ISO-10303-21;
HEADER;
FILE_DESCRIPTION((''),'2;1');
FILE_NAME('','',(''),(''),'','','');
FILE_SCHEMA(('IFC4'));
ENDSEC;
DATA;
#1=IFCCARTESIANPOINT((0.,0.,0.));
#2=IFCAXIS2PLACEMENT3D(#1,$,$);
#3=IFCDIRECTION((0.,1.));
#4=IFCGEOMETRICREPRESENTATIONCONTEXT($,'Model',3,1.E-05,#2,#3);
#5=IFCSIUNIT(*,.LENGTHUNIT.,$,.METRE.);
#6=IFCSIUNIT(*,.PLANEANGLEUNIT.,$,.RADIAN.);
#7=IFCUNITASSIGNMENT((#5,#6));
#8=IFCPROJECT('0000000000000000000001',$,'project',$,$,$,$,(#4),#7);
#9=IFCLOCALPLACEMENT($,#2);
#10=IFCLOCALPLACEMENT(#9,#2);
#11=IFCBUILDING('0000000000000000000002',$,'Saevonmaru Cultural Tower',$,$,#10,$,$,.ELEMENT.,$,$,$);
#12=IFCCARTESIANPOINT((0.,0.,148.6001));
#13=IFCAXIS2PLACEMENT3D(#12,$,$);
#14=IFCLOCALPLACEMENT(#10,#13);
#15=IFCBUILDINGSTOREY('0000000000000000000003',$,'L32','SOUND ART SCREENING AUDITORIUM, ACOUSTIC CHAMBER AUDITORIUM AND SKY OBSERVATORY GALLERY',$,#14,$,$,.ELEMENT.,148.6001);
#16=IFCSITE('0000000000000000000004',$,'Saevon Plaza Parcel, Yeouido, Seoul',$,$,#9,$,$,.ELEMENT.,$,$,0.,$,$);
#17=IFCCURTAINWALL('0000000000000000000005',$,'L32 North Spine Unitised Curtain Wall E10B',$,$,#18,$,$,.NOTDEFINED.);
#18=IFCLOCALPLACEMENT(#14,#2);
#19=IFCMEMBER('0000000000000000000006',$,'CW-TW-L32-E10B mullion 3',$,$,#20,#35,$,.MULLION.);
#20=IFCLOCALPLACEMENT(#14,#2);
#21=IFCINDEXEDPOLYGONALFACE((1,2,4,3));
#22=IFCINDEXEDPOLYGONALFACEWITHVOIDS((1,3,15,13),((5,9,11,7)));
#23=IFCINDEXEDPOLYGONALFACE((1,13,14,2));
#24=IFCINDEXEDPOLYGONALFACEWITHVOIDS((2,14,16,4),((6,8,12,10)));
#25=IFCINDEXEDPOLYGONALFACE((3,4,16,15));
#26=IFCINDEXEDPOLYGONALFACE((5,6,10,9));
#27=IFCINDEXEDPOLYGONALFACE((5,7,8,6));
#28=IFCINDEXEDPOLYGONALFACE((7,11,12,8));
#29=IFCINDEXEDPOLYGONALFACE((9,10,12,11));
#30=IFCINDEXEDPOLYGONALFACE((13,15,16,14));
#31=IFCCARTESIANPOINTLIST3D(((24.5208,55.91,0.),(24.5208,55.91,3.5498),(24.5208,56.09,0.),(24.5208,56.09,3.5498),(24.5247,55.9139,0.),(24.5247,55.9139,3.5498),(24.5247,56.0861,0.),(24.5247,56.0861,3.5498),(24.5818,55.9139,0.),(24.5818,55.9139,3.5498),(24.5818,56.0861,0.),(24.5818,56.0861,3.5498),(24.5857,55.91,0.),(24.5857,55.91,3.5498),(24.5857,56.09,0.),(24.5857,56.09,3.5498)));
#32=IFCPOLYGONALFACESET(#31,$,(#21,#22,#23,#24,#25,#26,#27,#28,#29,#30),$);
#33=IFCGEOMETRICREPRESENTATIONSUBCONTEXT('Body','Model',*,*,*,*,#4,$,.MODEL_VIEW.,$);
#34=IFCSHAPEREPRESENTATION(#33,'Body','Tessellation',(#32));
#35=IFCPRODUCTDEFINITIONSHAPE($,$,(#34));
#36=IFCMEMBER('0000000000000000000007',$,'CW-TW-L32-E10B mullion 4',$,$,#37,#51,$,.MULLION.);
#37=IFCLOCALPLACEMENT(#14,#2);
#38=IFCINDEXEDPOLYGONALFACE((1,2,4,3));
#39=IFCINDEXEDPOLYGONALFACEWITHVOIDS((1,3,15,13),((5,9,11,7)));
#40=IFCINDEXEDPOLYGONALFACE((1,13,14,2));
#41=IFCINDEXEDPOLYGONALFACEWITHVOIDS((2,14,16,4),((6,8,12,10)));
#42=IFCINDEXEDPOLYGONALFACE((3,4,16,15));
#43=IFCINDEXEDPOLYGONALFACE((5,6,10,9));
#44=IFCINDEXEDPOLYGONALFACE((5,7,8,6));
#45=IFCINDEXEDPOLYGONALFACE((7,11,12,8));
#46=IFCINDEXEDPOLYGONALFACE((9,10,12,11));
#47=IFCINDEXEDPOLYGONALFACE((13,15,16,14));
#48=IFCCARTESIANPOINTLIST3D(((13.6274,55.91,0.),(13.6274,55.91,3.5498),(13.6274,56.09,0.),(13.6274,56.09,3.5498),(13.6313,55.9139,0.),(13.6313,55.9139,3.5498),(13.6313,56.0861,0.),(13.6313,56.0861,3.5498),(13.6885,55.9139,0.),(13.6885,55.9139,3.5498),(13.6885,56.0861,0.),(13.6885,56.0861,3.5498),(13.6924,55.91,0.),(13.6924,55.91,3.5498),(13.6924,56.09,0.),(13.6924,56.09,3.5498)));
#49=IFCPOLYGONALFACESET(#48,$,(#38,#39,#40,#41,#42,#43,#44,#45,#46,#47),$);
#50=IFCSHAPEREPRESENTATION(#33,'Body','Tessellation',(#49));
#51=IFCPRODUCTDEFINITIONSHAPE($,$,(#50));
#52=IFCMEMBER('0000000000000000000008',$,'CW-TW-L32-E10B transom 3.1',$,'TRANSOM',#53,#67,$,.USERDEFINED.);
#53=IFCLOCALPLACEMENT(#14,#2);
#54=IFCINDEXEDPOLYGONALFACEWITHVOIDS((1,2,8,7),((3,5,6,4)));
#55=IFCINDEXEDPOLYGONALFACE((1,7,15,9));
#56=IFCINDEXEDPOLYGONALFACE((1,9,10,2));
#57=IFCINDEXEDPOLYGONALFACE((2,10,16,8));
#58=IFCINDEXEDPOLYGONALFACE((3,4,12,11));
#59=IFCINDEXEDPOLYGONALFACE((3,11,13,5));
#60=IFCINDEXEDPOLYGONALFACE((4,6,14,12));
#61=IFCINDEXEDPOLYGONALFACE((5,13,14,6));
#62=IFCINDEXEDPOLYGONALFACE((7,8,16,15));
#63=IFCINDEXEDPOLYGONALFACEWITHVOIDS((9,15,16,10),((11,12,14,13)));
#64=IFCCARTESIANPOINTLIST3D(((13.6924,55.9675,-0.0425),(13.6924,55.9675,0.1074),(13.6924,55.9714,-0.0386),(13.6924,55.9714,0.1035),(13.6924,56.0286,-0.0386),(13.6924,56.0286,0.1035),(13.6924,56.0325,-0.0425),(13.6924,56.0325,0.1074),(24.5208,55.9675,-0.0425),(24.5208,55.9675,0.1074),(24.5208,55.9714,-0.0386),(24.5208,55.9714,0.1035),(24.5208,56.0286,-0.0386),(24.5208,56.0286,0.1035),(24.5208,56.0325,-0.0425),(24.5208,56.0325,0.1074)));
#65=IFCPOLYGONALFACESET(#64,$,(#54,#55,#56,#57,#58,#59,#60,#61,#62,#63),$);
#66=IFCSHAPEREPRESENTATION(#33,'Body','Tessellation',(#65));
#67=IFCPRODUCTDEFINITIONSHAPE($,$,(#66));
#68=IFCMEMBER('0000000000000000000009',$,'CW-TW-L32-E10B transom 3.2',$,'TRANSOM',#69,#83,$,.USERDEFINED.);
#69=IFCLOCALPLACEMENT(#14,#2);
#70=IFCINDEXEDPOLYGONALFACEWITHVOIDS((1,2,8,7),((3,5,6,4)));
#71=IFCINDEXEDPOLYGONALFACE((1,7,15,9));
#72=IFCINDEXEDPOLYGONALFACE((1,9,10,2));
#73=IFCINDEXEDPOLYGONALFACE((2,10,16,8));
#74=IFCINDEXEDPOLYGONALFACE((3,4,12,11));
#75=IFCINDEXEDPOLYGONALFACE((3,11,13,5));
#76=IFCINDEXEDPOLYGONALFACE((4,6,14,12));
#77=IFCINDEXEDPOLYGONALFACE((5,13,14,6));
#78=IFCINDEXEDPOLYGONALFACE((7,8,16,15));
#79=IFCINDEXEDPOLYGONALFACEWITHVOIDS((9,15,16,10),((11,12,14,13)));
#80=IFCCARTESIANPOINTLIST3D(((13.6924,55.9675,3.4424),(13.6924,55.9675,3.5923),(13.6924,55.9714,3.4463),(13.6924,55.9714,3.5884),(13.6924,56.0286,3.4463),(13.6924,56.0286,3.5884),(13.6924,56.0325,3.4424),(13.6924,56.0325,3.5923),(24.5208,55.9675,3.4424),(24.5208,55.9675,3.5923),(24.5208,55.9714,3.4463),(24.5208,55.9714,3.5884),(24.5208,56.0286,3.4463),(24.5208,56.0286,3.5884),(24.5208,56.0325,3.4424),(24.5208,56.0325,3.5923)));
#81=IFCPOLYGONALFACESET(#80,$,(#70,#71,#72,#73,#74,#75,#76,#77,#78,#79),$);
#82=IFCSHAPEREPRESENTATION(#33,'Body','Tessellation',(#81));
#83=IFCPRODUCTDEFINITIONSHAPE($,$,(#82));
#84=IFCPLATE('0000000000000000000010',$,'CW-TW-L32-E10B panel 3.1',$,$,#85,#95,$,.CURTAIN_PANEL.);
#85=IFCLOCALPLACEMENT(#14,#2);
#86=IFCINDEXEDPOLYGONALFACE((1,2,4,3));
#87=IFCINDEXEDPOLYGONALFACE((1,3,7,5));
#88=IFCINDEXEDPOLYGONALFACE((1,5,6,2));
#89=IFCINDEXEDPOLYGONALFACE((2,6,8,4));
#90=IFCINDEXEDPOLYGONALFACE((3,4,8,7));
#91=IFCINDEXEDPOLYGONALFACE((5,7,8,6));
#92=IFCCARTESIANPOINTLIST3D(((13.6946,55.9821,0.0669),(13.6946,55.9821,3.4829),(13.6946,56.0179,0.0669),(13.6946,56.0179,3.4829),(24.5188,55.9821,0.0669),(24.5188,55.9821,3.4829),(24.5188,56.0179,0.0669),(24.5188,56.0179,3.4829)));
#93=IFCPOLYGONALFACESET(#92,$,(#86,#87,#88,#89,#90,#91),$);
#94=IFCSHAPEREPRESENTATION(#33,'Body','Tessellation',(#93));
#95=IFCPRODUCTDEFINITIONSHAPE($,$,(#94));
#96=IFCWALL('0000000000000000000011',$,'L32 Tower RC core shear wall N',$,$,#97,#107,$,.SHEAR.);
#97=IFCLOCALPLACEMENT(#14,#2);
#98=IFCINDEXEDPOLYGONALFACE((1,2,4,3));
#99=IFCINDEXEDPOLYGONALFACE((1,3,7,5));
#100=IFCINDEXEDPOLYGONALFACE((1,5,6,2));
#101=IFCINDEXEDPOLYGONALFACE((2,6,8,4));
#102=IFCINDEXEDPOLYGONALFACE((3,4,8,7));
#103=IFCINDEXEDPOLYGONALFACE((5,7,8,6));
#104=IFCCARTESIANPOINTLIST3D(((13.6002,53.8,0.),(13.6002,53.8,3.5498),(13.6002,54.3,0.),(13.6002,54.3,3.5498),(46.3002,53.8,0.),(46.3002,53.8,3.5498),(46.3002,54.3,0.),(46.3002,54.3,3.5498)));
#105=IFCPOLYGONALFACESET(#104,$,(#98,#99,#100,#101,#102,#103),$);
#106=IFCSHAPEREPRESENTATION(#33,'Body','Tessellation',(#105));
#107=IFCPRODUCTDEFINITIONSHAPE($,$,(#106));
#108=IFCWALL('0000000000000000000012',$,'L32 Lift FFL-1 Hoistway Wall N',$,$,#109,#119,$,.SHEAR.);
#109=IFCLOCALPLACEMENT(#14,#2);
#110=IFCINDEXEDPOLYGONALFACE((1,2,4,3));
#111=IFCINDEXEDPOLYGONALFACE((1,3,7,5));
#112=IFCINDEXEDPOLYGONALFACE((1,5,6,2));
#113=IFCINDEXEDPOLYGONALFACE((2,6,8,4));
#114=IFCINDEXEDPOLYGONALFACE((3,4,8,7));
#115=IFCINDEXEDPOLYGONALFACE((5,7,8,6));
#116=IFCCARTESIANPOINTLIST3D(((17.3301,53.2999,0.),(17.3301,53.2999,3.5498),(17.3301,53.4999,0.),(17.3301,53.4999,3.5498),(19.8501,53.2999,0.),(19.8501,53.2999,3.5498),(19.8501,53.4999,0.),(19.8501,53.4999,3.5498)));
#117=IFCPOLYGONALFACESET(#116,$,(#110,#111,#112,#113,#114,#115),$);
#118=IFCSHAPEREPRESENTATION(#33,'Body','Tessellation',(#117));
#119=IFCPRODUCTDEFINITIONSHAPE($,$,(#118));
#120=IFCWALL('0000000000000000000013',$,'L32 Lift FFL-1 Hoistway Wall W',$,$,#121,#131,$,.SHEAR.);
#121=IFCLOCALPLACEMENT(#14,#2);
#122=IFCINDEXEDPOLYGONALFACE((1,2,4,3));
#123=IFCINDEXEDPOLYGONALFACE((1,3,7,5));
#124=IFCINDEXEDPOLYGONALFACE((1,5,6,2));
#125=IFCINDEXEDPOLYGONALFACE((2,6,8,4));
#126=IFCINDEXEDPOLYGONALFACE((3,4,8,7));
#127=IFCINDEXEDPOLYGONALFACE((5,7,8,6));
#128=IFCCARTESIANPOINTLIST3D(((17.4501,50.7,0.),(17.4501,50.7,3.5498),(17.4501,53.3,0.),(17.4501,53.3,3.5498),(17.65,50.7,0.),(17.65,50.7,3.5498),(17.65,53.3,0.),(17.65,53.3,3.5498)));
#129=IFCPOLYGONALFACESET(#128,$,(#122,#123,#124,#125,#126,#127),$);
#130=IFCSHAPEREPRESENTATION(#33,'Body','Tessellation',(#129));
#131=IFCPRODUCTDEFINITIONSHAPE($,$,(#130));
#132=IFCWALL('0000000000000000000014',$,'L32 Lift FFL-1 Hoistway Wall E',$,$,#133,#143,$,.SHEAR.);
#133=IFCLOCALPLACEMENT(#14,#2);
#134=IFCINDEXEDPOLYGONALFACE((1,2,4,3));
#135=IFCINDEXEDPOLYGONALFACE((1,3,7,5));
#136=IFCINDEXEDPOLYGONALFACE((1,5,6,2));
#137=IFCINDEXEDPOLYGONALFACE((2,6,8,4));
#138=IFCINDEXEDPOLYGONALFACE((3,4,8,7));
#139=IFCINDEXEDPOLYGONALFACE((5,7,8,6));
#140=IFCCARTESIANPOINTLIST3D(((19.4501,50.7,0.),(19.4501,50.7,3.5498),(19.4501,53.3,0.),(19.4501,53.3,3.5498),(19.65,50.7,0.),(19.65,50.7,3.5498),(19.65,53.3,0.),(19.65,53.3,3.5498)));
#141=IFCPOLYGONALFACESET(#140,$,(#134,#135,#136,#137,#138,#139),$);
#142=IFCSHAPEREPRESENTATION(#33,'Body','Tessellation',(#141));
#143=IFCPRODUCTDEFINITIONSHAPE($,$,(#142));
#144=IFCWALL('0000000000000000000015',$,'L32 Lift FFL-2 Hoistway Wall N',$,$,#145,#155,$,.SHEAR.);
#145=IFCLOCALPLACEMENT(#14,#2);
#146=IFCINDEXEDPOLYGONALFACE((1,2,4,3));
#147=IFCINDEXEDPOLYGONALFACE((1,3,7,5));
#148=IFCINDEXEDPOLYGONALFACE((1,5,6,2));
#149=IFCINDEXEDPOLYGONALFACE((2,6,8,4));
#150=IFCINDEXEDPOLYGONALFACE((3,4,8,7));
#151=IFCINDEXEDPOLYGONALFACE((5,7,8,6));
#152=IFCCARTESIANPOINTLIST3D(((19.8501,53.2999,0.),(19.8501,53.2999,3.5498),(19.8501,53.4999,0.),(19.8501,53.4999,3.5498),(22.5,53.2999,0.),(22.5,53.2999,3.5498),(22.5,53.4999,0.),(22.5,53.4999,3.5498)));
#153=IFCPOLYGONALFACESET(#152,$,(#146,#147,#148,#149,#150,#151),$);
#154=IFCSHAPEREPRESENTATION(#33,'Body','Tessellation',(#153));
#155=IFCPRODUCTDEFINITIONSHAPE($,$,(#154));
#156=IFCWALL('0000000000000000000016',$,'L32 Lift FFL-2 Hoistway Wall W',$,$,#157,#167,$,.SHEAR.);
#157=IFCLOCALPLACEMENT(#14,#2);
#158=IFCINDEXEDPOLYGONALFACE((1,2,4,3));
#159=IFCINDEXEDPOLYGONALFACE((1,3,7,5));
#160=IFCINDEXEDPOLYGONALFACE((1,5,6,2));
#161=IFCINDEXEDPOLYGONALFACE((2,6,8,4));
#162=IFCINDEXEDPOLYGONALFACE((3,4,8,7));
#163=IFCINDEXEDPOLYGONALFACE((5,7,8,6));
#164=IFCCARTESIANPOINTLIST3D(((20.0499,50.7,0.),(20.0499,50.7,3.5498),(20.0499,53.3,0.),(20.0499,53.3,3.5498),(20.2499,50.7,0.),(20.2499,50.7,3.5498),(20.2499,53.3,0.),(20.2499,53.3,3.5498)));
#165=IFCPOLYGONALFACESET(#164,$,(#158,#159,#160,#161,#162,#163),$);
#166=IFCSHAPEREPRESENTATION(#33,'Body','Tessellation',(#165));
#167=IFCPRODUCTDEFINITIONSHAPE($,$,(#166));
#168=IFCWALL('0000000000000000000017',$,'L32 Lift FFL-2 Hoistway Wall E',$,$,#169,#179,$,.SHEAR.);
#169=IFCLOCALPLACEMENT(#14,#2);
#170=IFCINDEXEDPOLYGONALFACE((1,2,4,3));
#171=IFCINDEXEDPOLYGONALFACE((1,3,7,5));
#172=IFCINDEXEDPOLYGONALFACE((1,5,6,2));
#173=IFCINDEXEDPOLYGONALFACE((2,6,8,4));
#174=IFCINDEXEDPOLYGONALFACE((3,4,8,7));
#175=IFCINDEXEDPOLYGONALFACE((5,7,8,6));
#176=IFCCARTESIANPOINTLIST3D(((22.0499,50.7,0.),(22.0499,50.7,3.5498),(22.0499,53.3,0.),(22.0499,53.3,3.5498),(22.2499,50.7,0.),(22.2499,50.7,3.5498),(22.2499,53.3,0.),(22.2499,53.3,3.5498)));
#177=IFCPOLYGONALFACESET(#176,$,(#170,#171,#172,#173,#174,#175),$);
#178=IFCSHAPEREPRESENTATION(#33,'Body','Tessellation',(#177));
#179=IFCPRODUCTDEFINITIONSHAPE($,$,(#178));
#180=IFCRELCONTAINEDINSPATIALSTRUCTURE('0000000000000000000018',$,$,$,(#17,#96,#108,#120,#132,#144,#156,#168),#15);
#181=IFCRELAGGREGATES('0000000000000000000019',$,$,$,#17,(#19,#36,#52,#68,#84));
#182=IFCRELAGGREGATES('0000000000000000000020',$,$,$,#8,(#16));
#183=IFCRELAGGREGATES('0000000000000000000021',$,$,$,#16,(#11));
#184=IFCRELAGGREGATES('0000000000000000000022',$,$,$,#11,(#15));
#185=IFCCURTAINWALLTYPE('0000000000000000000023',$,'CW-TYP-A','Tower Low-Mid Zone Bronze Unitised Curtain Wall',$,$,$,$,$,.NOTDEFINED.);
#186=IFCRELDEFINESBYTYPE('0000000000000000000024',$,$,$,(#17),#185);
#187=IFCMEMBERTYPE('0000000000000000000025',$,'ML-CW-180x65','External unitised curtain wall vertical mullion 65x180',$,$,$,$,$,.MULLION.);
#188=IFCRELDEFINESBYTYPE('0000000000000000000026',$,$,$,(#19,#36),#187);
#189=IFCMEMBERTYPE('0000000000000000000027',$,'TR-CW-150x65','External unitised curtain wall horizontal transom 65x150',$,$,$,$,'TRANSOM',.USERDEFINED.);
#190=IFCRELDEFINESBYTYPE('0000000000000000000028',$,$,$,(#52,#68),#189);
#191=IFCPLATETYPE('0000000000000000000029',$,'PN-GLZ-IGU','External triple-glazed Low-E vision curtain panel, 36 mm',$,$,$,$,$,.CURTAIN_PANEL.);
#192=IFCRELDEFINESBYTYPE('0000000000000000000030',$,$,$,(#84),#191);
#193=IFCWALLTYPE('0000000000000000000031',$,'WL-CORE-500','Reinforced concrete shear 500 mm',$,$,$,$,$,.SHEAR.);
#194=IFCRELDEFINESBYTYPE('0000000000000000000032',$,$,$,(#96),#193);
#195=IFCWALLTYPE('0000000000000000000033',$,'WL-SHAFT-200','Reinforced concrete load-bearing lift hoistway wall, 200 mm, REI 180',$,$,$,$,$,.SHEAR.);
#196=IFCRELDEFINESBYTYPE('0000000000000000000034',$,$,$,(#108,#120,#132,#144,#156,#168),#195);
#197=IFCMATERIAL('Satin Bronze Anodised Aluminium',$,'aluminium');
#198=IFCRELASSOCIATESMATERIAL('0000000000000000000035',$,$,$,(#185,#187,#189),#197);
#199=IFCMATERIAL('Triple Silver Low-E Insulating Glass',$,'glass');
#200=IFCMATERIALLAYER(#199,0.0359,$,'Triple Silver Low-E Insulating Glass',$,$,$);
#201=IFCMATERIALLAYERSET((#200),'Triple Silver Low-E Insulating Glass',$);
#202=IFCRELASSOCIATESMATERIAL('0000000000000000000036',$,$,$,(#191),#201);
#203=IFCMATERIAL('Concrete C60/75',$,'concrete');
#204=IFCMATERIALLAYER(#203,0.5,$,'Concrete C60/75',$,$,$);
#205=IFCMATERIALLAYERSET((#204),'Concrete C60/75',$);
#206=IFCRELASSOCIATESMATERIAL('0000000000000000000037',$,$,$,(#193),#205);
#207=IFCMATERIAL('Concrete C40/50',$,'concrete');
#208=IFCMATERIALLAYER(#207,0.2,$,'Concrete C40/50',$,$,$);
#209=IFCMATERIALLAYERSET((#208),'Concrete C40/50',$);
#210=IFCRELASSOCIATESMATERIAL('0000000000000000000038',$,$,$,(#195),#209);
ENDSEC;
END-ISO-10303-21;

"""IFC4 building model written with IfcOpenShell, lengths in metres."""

from ifc_helpers import new_model, si_unit, direction, frame, frame_2d, origin, origin_2d, place, context, subcontext, project, spatial, rectangle, hollow_rectangle, extrude, material, layer, layer_set, material_profile, profile_set, type_object, element, aggregate, save


model = new_model("IFC4")

# Units and contexts
model_context = context("Model", 3, precision=1e-05, world=origin(), true_north=direction((0.0, 1.0)))
body_context = subcontext(model_context, "Body", "Model", "MODEL_VIEW")
ifc_project = project(units=[si_unit("LENGTHUNIT", "METRE"), si_unit("PLANEANGLEUNIT", "RADIAN")], contexts=[model_context])

# Site, building, storey
site_placement = place(None, origin())
site = spatial("IfcSite", under=ifc_project, at=site_placement, Name="Saevon Plaza Parcel, Yeouido, Seoul", CompositionType="ELEMENT", RefElevation=0.0)
building_placement = place(site_placement, origin())
building = spatial("IfcBuilding", under=site, at=building_placement, Name="Saevonmaru Cultural Tower", CompositionType="ELEMENT")
storey_placement = place(building_placement, frame((0.0, 0.0, 148.6001)))
storey = spatial("IfcBuildingStorey", under=building, at=storey_placement, Name="L32", Description="SOUND ART SCREENING AUDITORIUM, ACOUSTIC CHAMBER AUDITORIUM AND SKY OBSERVATORY GALLERY", CompositionType="ELEMENT", Elevation=148.6001)

# Curtain wall, members, plate
ifc_material_1 = material(Name="Satin Bronze Anodised Aluminium", Category="aluminium")
curtain_wall_type = type_object("IfcCurtainWallType", Name="CW-TYP-A", Description="Tower Low-Mid Zone Bronze Unitised Curtain Wall", PredefinedType="NOTDEFINED", material=ifc_material_1)
curtain_wall_placement = place(storey_placement, origin())
curtain_wall = element("IfcCurtainWall", 1, at=curtain_wall_placement, inside=storey, type_object=curtain_wall_type, Name="L32 North Spine Unitised Curtain Wall E10B", PredefinedType="NOTDEFINED")
ifc_material_profile_1 = material_profile(ifc_material_1, hollow_rectangle(XDim=0.0649, YDim=0.1799, WallThickness=0.0039, at=origin_2d()), Name="ALU-MULL-180x65x4")
ifc_profile_set_1 = profile_set([ifc_material_profile_1], Name="Satin Bronze Anodised Aluminium")
member_type_1 = type_object("IfcMemberType", Name="ML-CW-180x65", Description="External unitised curtain wall vertical mullion 65x180", PredefinedType="MULLION", material=ifc_profile_set_1)
member_1_placement = place(storey_placement, frame((24.5532, 56.0, 0.0), z_axis=(0.0, 0.0, 1.0), x_axis=(-1.0, 0.0, 0.0)))
member_1 = element("IfcMember", 2, at=member_1_placement, type_object=member_type_1, Name="CW-TW-L32-E10B mullion 3", PredefinedType="MULLION", context=body_context, shape_type="SweptSolid", body=[
    extrude(hollow_rectangle(XDim=0.0649, YDim=0.1799, WallThickness=0.0039, at=origin_2d()), origin(), (0.0, 0.0, 1.0), 3.5498),
])
member_2_placement = place(storey_placement, frame((13.6599, 56.0, 0.0), z_axis=(0.0, 0.0, 1.0), x_axis=(-1.0, 0.0, 0.0)))
member_2 = element("IfcMember", 3, at=member_2_placement, type_object=member_type_1, Name="CW-TW-L32-E10B mullion 4", PredefinedType="MULLION", context=body_context, shape_type="SweptSolid", body=[
    extrude(hollow_rectangle(XDim=0.0649, YDim=0.1799, WallThickness=0.0039, at=origin_2d()), origin(), (0.0, 0.0, 1.0), 3.5498),
])
ifc_material_profile_2 = material_profile(ifc_material_1, hollow_rectangle(XDim=0.0649, YDim=0.1499, WallThickness=0.0039, at=origin_2d()), Name="ALU-TRAN-150x65x4")
ifc_profile_set_2 = profile_set([ifc_material_profile_2], Name="Satin Bronze Anodised Aluminium")
member_type_2 = type_object("IfcMemberType", Name="TR-CW-150x65", Description="External unitised curtain wall horizontal transom 65x150", ElementType="TRANSOM", PredefinedType="USERDEFINED", material=ifc_profile_set_2)
member_3_placement = place(storey_placement, frame((24.5208, 56.0, 0.0325), z_axis=(-1.0, 0.0, 0.0), x_axis=(0.0, -1.0, 0.0)))
member_3 = element("IfcMember", 4, at=member_3_placement, type_object=member_type_2, Name="CW-TW-L32-E10B transom 3.1", ObjectType="TRANSOM", PredefinedType="USERDEFINED", context=body_context, shape_type="SweptSolid", body=[
    extrude(hollow_rectangle(XDim=0.0649, YDim=0.1499, WallThickness=0.0039, at=origin_2d()), origin(), (0.0, 0.0, 1.0), 10.8284),
])
member_4_placement = place(storey_placement, frame((24.5208, 56.0, 3.5173), z_axis=(-1.0, 0.0, 0.0), x_axis=(0.0, -1.0, 0.0)))
member_4 = element("IfcMember", 5, at=member_4_placement, type_object=member_type_2, Name="CW-TW-L32-E10B transom 3.2", ObjectType="TRANSOM", PredefinedType="USERDEFINED", context=body_context, shape_type="SweptSolid", body=[
    extrude(hollow_rectangle(XDim=0.0649, YDim=0.1499, WallThickness=0.0039, at=origin_2d()), origin(), (0.0, 0.0, 1.0), 10.8284),
])
ifc_material_2 = material(Name="Triple Silver Low-E Insulating Glass", Category="glass")
ifc_layer_1 = layer(ifc_material_2, 0.0359, Name="Triple Silver Low-E Insulating Glass")
ifc_layer_set_1 = layer_set([ifc_layer_1], Name="Triple Silver Low-E Insulating Glass")
plate_type = type_object("IfcPlateType", Name="PN-GLZ-IGU", Description="External triple-glazed Low-E vision curtain panel, 36 mm", PredefinedType="CURTAIN_PANEL", material=ifc_layer_set_1)
plate_placement = place(storey_placement, frame((19.1067, 56.0, 0.0669), z_axis=(0.0, 0.0, 1.0), x_axis=(-1.0, 0.0, 0.0)))
plate = element("IfcPlate", 6, at=plate_placement, type_object=plate_type, Name="CW-TW-L32-E10B panel 3.1", PredefinedType="CURTAIN_PANEL", context=body_context, shape_type="SweptSolid", body=[
    extrude(rectangle(XDim=10.8242, YDim=0.0359, at=origin_2d()), origin(), (0.0, 0.0, 1.0), 3.416),
])
aggregate(curtain_wall, [member_1, member_2, member_3, member_4, plate])

# Walls
ifc_material_3 = material(Name="Concrete C60/75", Category="concrete")
ifc_layer_2 = layer(ifc_material_3, 0.5, Name="Concrete C60/75")
ifc_layer_set_2 = layer_set([ifc_layer_2], Name="Concrete C60/75")
wall_type_1 = type_object("IfcWallType", Name="WL-CORE-500", Description="Reinforced concrete shear 500 mm", PredefinedType="SHEAR", material=ifc_layer_set_2)
wall_1_placement = place(storey_placement, frame((13.6001, 54.05, 0.0), z_axis=(0.0, 0.0, 1.0), x_axis=(1.0, 0.0, 0.0)))
element("IfcWall", 7, at=wall_1_placement, inside=storey, type_object=wall_type_1, Name="L32 Tower RC core shear wall N", PredefinedType="SHEAR", context=body_context, shape_type="SweptSolid", body=[
    extrude(rectangle(XDim=32.7, YDim=0.5, at=frame_2d((16.3501, 0.0))), origin(), (0.0, 0.0, 1.0), 3.5498),
])
ifc_material_4 = material(Name="Concrete C40/50", Category="concrete")
ifc_layer_3 = layer(ifc_material_4, 0.2, Name="Concrete C40/50")
ifc_layer_set_3 = layer_set([ifc_layer_3], Name="Concrete C40/50")
wall_type_2 = type_object("IfcWallType", Name="WL-SHAFT-200", Description="Reinforced concrete load-bearing lift hoistway wall, 200 mm, REI 180", PredefinedType="SHEAR", material=ifc_layer_set_3)
wall_2_placement = place(storey_placement, frame((17.3301, 53.3999, 0.0), z_axis=(0.0, 0.0, 1.0), x_axis=(1.0, 0.0, 0.0)))
element("IfcWall", 8, at=wall_2_placement, inside=storey, type_object=wall_type_2, Name="L32 Lift FFL-1 Hoistway Wall N", PredefinedType="SHEAR", context=body_context, shape_type="SweptSolid", body=[
    extrude(rectangle(XDim=2.52, YDim=0.2, at=frame_2d((1.26, 0.0))), origin(), (0.0, 0.0, 1.0), 3.5498),
])
for number, where, z_axis, x_axis, name in (
    (9, (17.55, 50.7, 0.0), (0.0, 0.0, 1.0), (0.0, 1.0, 0.0), "L32 Lift FFL-1 Hoistway Wall W"),
    (10, (19.55, 50.7, 0.0), (0.0, 0.0, 1.0), (0.0, 1.0, 0.0), "L32 Lift FFL-1 Hoistway Wall E"),
):
    element("IfcWall", number, at=place(storey_placement, frame(where, z_axis=z_axis, x_axis=x_axis)), inside=storey, type_object=wall_type_2, Name=name, PredefinedType="SHEAR", context=body_context, shape_type="SweptSolid", body=[
        extrude(rectangle(XDim=2.6001, YDim=0.2, at=frame_2d((1.3, 0.0))), origin(), (0.0, 0.0, 1.0), 3.5498),
    ])
wall_3_placement = place(storey_placement, frame((19.8501, 53.3999, 0.0), z_axis=(0.0, 0.0, 1.0), x_axis=(1.0, 0.0, 0.0)))
element("IfcWall", 11, at=wall_3_placement, inside=storey, type_object=wall_type_2, Name="L32 Lift FFL-2 Hoistway Wall N", PredefinedType="SHEAR", context=body_context, shape_type="SweptSolid", body=[
    extrude(rectangle(XDim=2.6499, YDim=0.2, at=frame_2d((1.325, 0.0))), origin(), (0.0, 0.0, 1.0), 3.5498),
])
for number, where, z_axis, x_axis, name in (
    (12, (20.1499, 50.7, 0.0), (0.0, 0.0, 1.0), (0.0, 1.0, 0.0), "L32 Lift FFL-2 Hoistway Wall W"),
    (13, (22.1499, 50.7, 0.0), (0.0, 0.0, 1.0), (0.0, 1.0, 0.0), "L32 Lift FFL-2 Hoistway Wall E"),
):
    element("IfcWall", number, at=place(storey_placement, frame(where, z_axis=z_axis, x_axis=x_axis)), inside=storey, type_object=wall_type_2, Name=name, PredefinedType="SHEAR", context=body_context, shape_type="SweptSolid", body=[
        extrude(rectangle(XDim=2.6001, YDim=0.2, at=frame_2d((1.3, 0.0))), origin(), (0.0, 0.0, 1.0), 3.5498),
    ])

save(model, "model.ifc")
